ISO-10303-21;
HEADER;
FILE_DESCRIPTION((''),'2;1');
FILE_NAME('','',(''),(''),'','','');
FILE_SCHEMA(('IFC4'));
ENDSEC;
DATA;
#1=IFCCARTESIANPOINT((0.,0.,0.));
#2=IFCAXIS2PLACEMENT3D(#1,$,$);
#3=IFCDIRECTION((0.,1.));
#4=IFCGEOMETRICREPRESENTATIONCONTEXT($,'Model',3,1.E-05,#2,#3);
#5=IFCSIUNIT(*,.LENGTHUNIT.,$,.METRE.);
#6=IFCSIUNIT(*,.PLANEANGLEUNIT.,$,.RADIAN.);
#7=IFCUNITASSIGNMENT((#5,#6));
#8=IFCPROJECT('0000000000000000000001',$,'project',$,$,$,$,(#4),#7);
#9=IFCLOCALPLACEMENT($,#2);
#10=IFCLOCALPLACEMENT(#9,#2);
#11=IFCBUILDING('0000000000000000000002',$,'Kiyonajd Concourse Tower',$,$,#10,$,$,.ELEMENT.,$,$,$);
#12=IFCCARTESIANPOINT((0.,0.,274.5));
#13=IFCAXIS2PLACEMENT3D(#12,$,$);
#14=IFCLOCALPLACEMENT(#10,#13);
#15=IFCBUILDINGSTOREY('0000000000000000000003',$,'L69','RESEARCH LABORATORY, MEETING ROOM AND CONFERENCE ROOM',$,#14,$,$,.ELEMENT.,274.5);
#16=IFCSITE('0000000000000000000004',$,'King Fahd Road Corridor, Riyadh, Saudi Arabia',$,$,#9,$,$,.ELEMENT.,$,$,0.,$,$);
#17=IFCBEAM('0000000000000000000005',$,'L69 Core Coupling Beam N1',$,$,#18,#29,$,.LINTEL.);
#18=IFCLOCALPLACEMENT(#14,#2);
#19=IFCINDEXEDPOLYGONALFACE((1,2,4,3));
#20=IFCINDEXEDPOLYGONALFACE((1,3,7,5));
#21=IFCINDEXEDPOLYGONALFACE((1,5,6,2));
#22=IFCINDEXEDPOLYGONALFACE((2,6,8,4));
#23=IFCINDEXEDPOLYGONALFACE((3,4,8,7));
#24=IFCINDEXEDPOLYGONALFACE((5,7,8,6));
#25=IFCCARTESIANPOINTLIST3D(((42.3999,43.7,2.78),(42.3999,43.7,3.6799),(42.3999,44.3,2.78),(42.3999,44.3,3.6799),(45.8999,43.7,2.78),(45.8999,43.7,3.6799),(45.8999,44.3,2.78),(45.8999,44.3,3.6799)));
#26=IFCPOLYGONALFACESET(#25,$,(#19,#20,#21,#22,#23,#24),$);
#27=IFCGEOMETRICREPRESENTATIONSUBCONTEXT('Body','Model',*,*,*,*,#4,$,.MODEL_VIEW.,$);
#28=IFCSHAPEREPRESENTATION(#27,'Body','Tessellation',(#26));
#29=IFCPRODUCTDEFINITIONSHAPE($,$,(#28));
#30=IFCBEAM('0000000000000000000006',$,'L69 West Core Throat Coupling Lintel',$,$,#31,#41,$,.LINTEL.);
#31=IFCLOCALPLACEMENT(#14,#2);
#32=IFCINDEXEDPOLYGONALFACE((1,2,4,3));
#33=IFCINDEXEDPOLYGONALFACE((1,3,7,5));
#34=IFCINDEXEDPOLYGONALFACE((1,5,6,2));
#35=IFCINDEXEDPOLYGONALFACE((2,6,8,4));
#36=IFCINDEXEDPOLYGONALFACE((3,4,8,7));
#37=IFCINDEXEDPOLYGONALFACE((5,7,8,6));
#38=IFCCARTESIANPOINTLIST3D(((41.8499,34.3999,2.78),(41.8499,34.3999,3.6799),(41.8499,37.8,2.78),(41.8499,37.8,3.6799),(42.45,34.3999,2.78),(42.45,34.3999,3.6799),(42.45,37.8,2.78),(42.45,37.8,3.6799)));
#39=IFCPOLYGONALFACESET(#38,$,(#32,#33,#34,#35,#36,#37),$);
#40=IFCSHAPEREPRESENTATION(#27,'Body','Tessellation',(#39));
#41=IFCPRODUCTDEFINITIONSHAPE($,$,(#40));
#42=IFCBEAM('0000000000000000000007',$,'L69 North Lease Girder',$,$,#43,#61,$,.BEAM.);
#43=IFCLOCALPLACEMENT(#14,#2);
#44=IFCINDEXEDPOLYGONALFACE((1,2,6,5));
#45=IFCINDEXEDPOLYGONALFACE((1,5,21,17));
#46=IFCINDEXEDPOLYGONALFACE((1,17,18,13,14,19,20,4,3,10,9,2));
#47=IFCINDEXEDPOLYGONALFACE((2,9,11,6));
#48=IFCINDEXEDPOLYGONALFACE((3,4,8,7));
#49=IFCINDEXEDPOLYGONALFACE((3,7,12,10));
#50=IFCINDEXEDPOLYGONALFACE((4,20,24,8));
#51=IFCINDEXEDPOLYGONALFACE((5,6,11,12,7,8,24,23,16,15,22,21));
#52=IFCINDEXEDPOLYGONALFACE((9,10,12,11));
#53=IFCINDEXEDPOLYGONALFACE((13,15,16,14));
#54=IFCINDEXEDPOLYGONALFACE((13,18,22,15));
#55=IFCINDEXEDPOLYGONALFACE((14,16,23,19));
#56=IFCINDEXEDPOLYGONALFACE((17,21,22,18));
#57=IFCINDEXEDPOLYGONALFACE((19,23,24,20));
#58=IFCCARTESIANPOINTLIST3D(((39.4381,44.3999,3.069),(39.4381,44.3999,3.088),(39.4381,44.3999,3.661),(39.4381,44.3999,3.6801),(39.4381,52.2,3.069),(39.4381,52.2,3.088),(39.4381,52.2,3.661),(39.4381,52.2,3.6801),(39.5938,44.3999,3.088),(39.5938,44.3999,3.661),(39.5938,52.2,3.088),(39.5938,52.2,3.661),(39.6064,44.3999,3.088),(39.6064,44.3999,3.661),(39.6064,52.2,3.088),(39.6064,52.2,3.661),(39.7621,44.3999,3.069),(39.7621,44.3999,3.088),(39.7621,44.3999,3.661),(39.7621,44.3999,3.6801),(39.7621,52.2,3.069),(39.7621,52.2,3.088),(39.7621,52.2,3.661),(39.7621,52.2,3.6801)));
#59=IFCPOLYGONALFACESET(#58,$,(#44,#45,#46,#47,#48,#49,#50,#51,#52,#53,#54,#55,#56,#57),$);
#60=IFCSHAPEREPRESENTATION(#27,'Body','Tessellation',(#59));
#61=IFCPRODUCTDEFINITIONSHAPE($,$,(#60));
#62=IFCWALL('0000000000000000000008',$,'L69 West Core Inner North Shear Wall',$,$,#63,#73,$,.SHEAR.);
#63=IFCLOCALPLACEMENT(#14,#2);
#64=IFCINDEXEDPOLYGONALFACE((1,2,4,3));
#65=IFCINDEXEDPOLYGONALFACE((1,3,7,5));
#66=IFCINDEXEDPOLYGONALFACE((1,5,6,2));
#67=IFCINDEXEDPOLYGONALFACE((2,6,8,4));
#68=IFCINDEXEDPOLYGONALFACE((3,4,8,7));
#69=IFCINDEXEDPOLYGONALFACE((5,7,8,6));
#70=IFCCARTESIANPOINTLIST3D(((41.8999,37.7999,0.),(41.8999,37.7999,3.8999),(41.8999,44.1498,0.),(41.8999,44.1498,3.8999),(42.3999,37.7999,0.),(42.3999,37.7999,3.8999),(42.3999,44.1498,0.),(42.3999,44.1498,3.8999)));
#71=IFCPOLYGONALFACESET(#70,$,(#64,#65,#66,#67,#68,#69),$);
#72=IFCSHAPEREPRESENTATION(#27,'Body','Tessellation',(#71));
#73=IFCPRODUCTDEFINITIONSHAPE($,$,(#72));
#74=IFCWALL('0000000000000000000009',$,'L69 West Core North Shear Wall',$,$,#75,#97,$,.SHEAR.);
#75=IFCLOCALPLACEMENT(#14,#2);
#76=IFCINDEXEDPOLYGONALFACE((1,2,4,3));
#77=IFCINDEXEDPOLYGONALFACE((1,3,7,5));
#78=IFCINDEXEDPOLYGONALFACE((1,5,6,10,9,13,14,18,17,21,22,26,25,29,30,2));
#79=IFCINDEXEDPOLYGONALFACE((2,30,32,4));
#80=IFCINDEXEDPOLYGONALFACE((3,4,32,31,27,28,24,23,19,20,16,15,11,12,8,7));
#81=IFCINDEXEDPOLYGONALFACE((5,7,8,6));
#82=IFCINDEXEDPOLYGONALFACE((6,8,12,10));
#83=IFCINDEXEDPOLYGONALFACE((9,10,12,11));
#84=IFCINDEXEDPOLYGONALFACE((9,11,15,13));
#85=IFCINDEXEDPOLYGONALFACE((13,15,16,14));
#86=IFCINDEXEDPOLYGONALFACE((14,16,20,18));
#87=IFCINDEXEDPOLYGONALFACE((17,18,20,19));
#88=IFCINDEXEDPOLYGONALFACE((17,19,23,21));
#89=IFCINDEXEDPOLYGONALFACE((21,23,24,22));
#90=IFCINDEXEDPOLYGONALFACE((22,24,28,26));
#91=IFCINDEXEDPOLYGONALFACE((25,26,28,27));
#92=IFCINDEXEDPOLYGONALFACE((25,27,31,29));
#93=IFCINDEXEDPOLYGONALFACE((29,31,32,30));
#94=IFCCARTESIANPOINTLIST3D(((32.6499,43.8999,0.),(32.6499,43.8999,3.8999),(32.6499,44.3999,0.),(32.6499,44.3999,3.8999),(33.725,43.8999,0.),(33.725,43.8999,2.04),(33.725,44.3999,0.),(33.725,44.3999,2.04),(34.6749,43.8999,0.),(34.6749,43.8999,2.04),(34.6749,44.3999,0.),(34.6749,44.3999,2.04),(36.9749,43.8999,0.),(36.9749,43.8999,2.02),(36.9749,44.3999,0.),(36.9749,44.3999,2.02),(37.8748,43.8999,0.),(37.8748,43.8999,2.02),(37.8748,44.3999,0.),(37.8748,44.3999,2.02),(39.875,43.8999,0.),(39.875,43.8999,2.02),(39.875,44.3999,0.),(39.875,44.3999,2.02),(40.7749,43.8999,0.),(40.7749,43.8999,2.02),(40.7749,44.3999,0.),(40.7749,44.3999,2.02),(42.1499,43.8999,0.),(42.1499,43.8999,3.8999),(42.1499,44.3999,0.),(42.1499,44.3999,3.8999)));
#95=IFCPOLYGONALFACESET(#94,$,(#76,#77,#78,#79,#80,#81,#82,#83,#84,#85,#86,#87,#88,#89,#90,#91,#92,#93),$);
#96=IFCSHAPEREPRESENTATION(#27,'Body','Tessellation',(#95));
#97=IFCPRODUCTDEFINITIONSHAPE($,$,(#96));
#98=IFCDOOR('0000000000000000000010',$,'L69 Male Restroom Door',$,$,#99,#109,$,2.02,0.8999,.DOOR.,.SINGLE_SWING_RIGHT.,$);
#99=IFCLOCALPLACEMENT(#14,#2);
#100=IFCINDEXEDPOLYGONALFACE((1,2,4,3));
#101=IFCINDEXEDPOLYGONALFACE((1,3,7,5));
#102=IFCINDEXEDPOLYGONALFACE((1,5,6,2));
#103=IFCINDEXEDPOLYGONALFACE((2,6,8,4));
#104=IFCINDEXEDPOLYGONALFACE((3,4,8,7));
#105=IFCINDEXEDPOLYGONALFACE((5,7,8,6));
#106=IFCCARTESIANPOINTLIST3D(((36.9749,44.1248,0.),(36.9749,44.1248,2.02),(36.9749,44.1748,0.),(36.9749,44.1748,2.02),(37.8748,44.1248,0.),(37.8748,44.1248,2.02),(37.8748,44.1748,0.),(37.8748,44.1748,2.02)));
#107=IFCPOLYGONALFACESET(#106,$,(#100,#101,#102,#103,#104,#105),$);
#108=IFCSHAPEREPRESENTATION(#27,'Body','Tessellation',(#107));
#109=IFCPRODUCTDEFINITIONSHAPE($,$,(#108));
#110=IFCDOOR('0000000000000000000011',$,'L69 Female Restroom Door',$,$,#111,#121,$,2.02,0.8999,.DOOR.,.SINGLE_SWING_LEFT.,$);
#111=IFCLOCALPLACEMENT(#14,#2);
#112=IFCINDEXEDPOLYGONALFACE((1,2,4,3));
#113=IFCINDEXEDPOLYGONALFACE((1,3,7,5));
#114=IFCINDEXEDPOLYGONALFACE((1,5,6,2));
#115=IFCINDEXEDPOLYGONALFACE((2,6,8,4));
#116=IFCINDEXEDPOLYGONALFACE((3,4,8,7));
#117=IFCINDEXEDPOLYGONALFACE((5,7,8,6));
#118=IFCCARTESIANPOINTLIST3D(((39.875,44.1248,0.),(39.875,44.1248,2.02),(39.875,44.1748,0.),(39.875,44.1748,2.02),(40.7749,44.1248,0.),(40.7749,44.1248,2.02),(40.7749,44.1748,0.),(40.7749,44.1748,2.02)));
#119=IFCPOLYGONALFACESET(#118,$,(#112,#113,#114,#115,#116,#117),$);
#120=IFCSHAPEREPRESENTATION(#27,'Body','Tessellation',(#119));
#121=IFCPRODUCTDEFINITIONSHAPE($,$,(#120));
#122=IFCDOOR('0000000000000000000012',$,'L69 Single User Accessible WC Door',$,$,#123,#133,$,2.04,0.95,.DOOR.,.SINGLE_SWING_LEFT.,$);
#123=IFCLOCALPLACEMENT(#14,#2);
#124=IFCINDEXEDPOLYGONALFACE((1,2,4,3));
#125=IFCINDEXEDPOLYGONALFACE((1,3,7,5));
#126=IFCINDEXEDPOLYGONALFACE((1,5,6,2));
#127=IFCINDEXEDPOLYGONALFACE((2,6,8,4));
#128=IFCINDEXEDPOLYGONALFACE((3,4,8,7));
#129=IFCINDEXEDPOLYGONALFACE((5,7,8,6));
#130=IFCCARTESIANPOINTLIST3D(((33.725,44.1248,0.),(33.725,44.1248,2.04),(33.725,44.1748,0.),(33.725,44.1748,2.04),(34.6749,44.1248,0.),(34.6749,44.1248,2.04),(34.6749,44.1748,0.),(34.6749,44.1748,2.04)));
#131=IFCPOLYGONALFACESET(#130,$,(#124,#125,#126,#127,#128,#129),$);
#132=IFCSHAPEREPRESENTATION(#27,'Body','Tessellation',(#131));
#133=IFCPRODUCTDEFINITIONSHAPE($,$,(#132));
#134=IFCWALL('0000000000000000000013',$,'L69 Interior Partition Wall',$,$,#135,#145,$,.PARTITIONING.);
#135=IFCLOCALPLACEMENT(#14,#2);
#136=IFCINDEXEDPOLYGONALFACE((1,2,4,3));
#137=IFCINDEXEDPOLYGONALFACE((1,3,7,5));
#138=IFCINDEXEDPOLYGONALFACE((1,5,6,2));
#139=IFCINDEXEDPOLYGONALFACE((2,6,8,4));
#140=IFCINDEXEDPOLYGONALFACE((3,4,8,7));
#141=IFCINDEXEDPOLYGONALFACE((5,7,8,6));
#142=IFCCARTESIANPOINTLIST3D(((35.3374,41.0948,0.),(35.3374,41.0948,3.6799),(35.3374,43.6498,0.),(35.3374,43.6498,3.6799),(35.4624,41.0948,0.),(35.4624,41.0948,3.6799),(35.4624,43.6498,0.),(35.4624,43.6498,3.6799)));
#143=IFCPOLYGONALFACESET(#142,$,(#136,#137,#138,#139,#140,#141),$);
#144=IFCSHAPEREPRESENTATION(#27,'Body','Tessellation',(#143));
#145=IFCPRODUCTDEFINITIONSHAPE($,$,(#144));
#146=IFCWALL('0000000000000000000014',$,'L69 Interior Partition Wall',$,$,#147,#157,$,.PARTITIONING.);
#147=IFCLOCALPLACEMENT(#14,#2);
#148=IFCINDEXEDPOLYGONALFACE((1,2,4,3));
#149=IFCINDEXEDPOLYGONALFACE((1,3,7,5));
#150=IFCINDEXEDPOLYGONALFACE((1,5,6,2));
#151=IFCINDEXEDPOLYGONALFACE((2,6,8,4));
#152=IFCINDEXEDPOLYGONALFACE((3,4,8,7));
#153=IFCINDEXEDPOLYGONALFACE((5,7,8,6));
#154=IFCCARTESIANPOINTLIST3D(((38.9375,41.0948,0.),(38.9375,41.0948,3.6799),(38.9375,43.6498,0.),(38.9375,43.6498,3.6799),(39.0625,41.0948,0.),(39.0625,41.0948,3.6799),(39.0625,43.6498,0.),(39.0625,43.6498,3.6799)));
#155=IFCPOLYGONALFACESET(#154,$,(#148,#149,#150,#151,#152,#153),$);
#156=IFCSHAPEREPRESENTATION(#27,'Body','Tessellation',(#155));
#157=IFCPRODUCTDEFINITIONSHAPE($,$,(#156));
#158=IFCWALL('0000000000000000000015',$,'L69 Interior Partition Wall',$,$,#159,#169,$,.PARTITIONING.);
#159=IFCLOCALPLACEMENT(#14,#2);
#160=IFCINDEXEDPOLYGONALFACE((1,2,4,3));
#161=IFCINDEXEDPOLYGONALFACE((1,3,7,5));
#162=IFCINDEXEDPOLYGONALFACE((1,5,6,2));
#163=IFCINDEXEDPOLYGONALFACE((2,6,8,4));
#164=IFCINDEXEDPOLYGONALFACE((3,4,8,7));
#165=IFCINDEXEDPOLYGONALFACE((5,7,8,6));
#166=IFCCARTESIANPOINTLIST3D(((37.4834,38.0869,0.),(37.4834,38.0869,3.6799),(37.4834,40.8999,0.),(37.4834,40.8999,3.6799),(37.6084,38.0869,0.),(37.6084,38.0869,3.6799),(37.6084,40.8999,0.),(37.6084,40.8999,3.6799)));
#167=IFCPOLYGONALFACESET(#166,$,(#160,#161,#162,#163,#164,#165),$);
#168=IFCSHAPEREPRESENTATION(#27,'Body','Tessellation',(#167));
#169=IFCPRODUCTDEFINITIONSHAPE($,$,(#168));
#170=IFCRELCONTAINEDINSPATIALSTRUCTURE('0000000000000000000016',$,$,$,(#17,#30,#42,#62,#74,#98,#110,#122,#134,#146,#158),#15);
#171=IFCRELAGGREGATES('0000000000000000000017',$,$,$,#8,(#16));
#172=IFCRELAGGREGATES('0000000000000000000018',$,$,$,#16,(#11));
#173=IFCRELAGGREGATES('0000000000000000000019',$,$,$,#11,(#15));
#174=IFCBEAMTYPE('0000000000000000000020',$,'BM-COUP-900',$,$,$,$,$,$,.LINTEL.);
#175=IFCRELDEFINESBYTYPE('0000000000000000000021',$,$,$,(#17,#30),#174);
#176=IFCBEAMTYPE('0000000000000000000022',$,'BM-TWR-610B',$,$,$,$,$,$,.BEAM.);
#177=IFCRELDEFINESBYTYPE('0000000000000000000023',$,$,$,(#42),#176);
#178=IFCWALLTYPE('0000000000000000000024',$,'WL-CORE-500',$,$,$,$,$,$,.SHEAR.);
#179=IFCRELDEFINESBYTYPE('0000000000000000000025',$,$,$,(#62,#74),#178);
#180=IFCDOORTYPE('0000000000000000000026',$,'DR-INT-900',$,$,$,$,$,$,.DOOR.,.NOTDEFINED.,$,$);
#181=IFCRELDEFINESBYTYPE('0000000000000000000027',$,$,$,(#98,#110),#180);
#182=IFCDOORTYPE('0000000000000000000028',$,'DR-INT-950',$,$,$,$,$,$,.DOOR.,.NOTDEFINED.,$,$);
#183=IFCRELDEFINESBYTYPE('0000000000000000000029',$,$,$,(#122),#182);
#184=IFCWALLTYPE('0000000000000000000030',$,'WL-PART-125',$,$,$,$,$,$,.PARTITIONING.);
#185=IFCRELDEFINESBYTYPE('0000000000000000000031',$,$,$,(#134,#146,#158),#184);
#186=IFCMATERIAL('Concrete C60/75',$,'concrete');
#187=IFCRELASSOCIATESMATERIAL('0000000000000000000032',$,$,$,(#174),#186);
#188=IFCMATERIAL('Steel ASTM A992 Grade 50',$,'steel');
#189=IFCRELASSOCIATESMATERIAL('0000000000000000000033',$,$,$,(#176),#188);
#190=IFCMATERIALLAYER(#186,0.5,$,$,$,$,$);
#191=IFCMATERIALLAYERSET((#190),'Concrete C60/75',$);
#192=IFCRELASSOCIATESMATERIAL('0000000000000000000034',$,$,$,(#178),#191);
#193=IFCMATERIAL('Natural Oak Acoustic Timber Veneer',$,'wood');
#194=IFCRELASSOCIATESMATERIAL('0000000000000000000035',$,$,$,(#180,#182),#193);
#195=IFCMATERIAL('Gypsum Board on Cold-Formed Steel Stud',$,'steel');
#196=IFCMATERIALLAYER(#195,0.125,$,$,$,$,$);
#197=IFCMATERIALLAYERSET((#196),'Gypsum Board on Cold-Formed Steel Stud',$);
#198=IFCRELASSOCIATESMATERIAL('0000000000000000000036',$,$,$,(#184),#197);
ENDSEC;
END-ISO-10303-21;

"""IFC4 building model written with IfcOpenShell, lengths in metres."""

from ifc_helpers import new_model, si_unit, direction, frame, frame_2d, origin, origin_2d, place, context, subcontext, project, spatial, rectangle, i_section, extrude, material, layer, layer_set, material_profile, profile_set, type_object, element, fill, save


model = new_model("IFC4")

# Units and contexts
model_context = context("Model", 3, precision=1e-05, world=origin(), true_north=direction((0.0, 1.0)))
body_context = subcontext(model_context, "Body", "Model", "MODEL_VIEW")
ifc_project = project(units=[si_unit("LENGTHUNIT", "METRE"), si_unit("PLANEANGLEUNIT", "RADIAN")], contexts=[model_context])

# Site, building, storey
site_placement = place(None, origin())
site = spatial("IfcSite", under=ifc_project, at=site_placement, Name="King Fahd Road Corridor, Riyadh, Saudi Arabia", CompositionType="ELEMENT", RefElevation=0.0)
building_placement = place(site_placement, origin())
building = spatial("IfcBuilding", under=site, at=building_placement, Name="Kiyonajd Concourse Tower", CompositionType="ELEMENT")
storey_placement = place(building_placement, frame((0.0, 0.0, 274.5)))
storey = spatial("IfcBuildingStorey", under=building, at=storey_placement, Name="L69", Description="RESEARCH LABORATORY, MEETING ROOM AND CONFERENCE ROOM", CompositionType="ELEMENT", Elevation=274.5)

# Beams
ifc_material_1 = material(Name="Concrete C60/75", Category="concrete")
ifc_material_profile_1 = material_profile(ifc_material_1, rectangle(XDim=0.6001, YDim=0.8999, at=origin_2d()), Name="RCBM-600x900")
ifc_profile_set_1 = profile_set([ifc_material_profile_1], Name="Concrete C60/75")
beam_type_1 = type_object("IfcBeamType", Name="BM-COUP-900", PredefinedType="LINTEL", material=ifc_profile_set_1)
beam_1_placement = place(storey_placement, frame((42.3999, 44.0, 3.23), z_axis=(1.0, 0.0, 0.0), x_axis=(0.0, 1.0, 0.0)))
element("IfcBeam", 1, at=beam_1_placement, inside=storey, type_object=beam_type_1, Name="L69 Core Coupling Beam N1", PredefinedType="LINTEL", context=body_context, shape_type="SweptSolid", body=[
    extrude(rectangle(XDim=0.6001, YDim=0.8999, at=origin_2d()), origin(), (0.0, 0.0, 1.0), 3.5),
])
beam_2_placement = place(storey_placement, frame((42.1499, 34.3999, 3.23), z_axis=(0.0, 1.0, 0.0), x_axis=(-1.0, 0.0, 0.0)))
element("IfcBeam", 2, at=beam_2_placement, inside=storey, type_object=beam_type_1, Name="L69 West Core Throat Coupling Lintel", PredefinedType="LINTEL", context=body_context, shape_type="SweptSolid", body=[
    extrude(rectangle(XDim=0.6001, YDim=0.8999, at=origin_2d()), origin(), (0.0, 0.0, 1.0), 3.4001),
])
ifc_material_2 = material(Name="Steel ASTM A992 Grade 50", Category="steel")
ifc_material_profile_2 = material_profile(ifc_material_2, i_section(OverallWidth=0.324, OverallDepth=0.6111, WebThickness=0.0127, FlangeThickness=0.019, at=origin_2d()), Name="W610X155")
ifc_profile_set_2 = profile_set([ifc_material_profile_2], Name="Steel ASTM A992 Grade 50")
beam_type_2 = type_object("IfcBeamType", Name="BM-TWR-610B", PredefinedType="BEAM", material=ifc_profile_set_2)
beam_3_placement = place(storey_placement, frame((39.6001, 44.3999, 3.3745), z_axis=(0.0, 1.0, 0.0), x_axis=(-1.0, 0.0, 0.0)))
element("IfcBeam", 3, at=beam_3_placement, inside=storey, type_object=beam_type_2, Name="L69 North Lease Girder", PredefinedType="BEAM", context=body_context, shape_type="SweptSolid", body=[
    extrude(i_section(OverallWidth=0.324, OverallDepth=0.6111, WebThickness=0.0127, FlangeThickness=0.019, at=origin_2d()), origin(), (0.0, 0.0, 1.0), 7.8),
])

# Wall
ifc_layer_1 = layer(ifc_material_1, 0.5)
ifc_layer_set_1 = layer_set([ifc_layer_1], Name="Concrete C60/75")
wall_type_1 = type_object("IfcWallType", Name="WL-CORE-500", PredefinedType="SHEAR", material=ifc_layer_set_1)
wall_1_placement = place(storey_placement, frame((42.1499, 37.8, 0.0), z_axis=(0.0, 0.0, 1.0), x_axis=(0.0, 1.0, 0.0)))
element("IfcWall", 4, at=wall_1_placement, inside=storey, type_object=wall_type_1, Name="L69 West Core Inner North Shear Wall", PredefinedType="SHEAR", context=body_context, shape_type="SweptSolid", body=[
    extrude(rectangle(XDim=6.3499, YDim=0.5, at=frame_2d((3.1748, 0.0))), origin(), (0.0, 0.0, 1.0), 3.8999),
])

# Wall, openings, doors
wall_2_placement = place(storey_placement, frame((32.6499, 44.1499, 0.0), z_axis=(0.0, 0.0, 1.0), x_axis=(1.0, 0.0, 0.0)))
wall_2 = element("IfcWall", 5, at=wall_2_placement, inside=storey, type_object=wall_type_1, Name="L69 West Core North Shear Wall", PredefinedType="SHEAR", context=body_context, shape_type="SweptSolid", body=[
    extrude(rectangle(XDim=9.5, YDim=0.5, at=frame_2d((4.75, 0.0))), origin(), (0.0, 0.0, 1.0), 3.8999),
])
opening_1_placement = place(wall_2_placement, frame((1.075, 0.0, 0.0)))
opening_1 = element("IfcOpeningElement", 6, at=opening_1_placement, cuts=wall_2, PredefinedType="OPENING", context=body_context, shape_type="SweptSolid", body=[
    extrude(rectangle(XDim=0.95, YDim=2.04, at=frame_2d((0.4751, 1.02))), frame((0.0, 0.26, 0.0), z_axis=(0.0, -1.0, 0.0), x_axis=(1.0, 0.0, 0.0)), (0.0, 0.0, 1.0), 0.52),
])
opening_2_placement = place(wall_2_placement, frame((4.325, 0.0, 0.0)))
opening_2 = element("IfcOpeningElement", 7, at=opening_2_placement, cuts=wall_2, PredefinedType="OPENING", context=body_context, shape_type="SweptSolid", body=[
    extrude(rectangle(XDim=0.8999, YDim=2.02, at=frame_2d((0.45, 1.01))), frame((0.0, 0.26, 0.0), z_axis=(0.0, -1.0, 0.0), x_axis=(1.0, 0.0, 0.0)), (0.0, 0.0, 1.0), 0.52),
])
opening_3_placement = place(wall_2_placement, frame((7.2251, 0.0, 0.0)))
opening_3 = element("IfcOpeningElement", 8, at=opening_3_placement, cuts=wall_2, PredefinedType="OPENING", context=body_context, shape_type="SweptSolid", body=[
    extrude(rectangle(XDim=0.8999, YDim=2.02, at=frame_2d((0.45, 1.01))), frame((0.0, 0.26, 0.0), z_axis=(0.0, -1.0, 0.0), x_axis=(1.0, 0.0, 0.0)), (0.0, 0.0, 1.0), 0.52),
])
ifc_material_3 = material(Name="Natural Oak Acoustic Timber Veneer", Category="wood")
door_type_1 = type_object("IfcDoorType", Name="DR-INT-900", OperationType="NOTDEFINED", PredefinedType="DOOR", material=ifc_material_3)
door_1_placement = place(opening_2_placement, origin())
door_1 = element("IfcDoor", 9, at=door_1_placement, inside=storey, type_object=door_type_1, Name="L69 Male Restroom Door", OperationType="SINGLE_SWING_RIGHT", OverallHeight=2.02, OverallWidth=0.8999, PredefinedType="DOOR", context=body_context, shape_type="SweptSolid", body=[
    extrude(rectangle(XDim=0.8999, YDim=2.02, at=frame_2d((0.45, 1.01))), frame((0.0, 0.0249, 0.0), z_axis=(0.0, -1.0, 0.0), x_axis=(1.0, 0.0, 0.0)), (0.0, 0.0, 1.0), 0.05),
])
fill(opening_2, door_1)
door_2_placement = place(opening_3_placement, origin())
door_2 = element("IfcDoor", 10, at=door_2_placement, inside=storey, type_object=door_type_1, Name="L69 Female Restroom Door", OperationType="SINGLE_SWING_LEFT", OverallHeight=2.02, OverallWidth=0.8999, PredefinedType="DOOR", context=body_context, shape_type="SweptSolid", body=[
    extrude(rectangle(XDim=0.8999, YDim=2.02, at=frame_2d((0.45, 1.01))), frame((0.0, 0.0249, 0.0), z_axis=(0.0, -1.0, 0.0), x_axis=(1.0, 0.0, 0.0)), (0.0, 0.0, 1.0), 0.05),
])
fill(opening_3, door_2)
door_type_2 = type_object("IfcDoorType", Name="DR-INT-950", OperationType="NOTDEFINED", PredefinedType="DOOR", material=ifc_material_3)
door_3_placement = place(opening_1_placement, origin())
door_3 = element("IfcDoor", 11, at=door_3_placement, inside=storey, type_object=door_type_2, Name="L69 Single User Accessible WC Door", OperationType="SINGLE_SWING_LEFT", OverallHeight=2.04, OverallWidth=0.95, PredefinedType="DOOR", context=body_context, shape_type="SweptSolid", body=[
    extrude(rectangle(XDim=0.95, YDim=2.04, at=frame_2d((0.4751, 1.02))), frame((0.0, 0.0249, 0.0), z_axis=(0.0, -1.0, 0.0), x_axis=(1.0, 0.0, 0.0)), (0.0, 0.0, 1.0), 0.05),
])
fill(opening_1, door_3)

# Walls
ifc_material_4 = material(Name="Gypsum Board on Cold-Formed Steel Stud", Category="steel")
ifc_layer_2 = layer(ifc_material_4, 0.125)
ifc_layer_set_2 = layer_set([ifc_layer_2], Name="Gypsum Board on Cold-Formed Steel Stud")
wall_type_2 = type_object("IfcWallType", Name="WL-PART-125", PredefinedType="PARTITIONING", material=ifc_layer_set_2)
for number, where, z_axis, x_axis, name in (
    (12, (35.3999, 41.095, 0.0), (0.0, 0.0, 1.0), (0.0, 1.0, 0.0), "L69 Interior Partition Wall"),
    (13, (39.0, 41.095, 0.0), (0.0, 0.0, 1.0), (0.0, 1.0, 0.0), "L69 Interior Partition Wall"),
):
    element("IfcWall", number, at=place(storey_placement, frame(where, z_axis=z_axis, x_axis=x_axis)), inside=storey, type_object=wall_type_2, Name=name, PredefinedType="PARTITIONING", context=body_context, shape_type="SweptSolid", body=[
        extrude(rectangle(XDim=2.5549, YDim=0.125, at=frame_2d((1.2773, 0.0))), origin(), (0.0, 0.0, 1.0), 3.6799),
    ])
wall_3_placement = place(storey_placement, frame((37.5459, 38.0869, 0.0), z_axis=(0.0, 0.0, 1.0), x_axis=(0.0, 1.0, 0.0)))
element("IfcWall", 14, at=wall_3_placement, inside=storey, type_object=wall_type_2, Name="L69 Interior Partition Wall", PredefinedType="PARTITIONING", context=body_context, shape_type="SweptSolid", body=[
    extrude(rectangle(XDim=2.813, YDim=0.125, at=frame_2d((1.4065, 0.0))), origin(), (0.0, 0.0, 1.0), 3.6799),
])

save(model, "model.ifc")
